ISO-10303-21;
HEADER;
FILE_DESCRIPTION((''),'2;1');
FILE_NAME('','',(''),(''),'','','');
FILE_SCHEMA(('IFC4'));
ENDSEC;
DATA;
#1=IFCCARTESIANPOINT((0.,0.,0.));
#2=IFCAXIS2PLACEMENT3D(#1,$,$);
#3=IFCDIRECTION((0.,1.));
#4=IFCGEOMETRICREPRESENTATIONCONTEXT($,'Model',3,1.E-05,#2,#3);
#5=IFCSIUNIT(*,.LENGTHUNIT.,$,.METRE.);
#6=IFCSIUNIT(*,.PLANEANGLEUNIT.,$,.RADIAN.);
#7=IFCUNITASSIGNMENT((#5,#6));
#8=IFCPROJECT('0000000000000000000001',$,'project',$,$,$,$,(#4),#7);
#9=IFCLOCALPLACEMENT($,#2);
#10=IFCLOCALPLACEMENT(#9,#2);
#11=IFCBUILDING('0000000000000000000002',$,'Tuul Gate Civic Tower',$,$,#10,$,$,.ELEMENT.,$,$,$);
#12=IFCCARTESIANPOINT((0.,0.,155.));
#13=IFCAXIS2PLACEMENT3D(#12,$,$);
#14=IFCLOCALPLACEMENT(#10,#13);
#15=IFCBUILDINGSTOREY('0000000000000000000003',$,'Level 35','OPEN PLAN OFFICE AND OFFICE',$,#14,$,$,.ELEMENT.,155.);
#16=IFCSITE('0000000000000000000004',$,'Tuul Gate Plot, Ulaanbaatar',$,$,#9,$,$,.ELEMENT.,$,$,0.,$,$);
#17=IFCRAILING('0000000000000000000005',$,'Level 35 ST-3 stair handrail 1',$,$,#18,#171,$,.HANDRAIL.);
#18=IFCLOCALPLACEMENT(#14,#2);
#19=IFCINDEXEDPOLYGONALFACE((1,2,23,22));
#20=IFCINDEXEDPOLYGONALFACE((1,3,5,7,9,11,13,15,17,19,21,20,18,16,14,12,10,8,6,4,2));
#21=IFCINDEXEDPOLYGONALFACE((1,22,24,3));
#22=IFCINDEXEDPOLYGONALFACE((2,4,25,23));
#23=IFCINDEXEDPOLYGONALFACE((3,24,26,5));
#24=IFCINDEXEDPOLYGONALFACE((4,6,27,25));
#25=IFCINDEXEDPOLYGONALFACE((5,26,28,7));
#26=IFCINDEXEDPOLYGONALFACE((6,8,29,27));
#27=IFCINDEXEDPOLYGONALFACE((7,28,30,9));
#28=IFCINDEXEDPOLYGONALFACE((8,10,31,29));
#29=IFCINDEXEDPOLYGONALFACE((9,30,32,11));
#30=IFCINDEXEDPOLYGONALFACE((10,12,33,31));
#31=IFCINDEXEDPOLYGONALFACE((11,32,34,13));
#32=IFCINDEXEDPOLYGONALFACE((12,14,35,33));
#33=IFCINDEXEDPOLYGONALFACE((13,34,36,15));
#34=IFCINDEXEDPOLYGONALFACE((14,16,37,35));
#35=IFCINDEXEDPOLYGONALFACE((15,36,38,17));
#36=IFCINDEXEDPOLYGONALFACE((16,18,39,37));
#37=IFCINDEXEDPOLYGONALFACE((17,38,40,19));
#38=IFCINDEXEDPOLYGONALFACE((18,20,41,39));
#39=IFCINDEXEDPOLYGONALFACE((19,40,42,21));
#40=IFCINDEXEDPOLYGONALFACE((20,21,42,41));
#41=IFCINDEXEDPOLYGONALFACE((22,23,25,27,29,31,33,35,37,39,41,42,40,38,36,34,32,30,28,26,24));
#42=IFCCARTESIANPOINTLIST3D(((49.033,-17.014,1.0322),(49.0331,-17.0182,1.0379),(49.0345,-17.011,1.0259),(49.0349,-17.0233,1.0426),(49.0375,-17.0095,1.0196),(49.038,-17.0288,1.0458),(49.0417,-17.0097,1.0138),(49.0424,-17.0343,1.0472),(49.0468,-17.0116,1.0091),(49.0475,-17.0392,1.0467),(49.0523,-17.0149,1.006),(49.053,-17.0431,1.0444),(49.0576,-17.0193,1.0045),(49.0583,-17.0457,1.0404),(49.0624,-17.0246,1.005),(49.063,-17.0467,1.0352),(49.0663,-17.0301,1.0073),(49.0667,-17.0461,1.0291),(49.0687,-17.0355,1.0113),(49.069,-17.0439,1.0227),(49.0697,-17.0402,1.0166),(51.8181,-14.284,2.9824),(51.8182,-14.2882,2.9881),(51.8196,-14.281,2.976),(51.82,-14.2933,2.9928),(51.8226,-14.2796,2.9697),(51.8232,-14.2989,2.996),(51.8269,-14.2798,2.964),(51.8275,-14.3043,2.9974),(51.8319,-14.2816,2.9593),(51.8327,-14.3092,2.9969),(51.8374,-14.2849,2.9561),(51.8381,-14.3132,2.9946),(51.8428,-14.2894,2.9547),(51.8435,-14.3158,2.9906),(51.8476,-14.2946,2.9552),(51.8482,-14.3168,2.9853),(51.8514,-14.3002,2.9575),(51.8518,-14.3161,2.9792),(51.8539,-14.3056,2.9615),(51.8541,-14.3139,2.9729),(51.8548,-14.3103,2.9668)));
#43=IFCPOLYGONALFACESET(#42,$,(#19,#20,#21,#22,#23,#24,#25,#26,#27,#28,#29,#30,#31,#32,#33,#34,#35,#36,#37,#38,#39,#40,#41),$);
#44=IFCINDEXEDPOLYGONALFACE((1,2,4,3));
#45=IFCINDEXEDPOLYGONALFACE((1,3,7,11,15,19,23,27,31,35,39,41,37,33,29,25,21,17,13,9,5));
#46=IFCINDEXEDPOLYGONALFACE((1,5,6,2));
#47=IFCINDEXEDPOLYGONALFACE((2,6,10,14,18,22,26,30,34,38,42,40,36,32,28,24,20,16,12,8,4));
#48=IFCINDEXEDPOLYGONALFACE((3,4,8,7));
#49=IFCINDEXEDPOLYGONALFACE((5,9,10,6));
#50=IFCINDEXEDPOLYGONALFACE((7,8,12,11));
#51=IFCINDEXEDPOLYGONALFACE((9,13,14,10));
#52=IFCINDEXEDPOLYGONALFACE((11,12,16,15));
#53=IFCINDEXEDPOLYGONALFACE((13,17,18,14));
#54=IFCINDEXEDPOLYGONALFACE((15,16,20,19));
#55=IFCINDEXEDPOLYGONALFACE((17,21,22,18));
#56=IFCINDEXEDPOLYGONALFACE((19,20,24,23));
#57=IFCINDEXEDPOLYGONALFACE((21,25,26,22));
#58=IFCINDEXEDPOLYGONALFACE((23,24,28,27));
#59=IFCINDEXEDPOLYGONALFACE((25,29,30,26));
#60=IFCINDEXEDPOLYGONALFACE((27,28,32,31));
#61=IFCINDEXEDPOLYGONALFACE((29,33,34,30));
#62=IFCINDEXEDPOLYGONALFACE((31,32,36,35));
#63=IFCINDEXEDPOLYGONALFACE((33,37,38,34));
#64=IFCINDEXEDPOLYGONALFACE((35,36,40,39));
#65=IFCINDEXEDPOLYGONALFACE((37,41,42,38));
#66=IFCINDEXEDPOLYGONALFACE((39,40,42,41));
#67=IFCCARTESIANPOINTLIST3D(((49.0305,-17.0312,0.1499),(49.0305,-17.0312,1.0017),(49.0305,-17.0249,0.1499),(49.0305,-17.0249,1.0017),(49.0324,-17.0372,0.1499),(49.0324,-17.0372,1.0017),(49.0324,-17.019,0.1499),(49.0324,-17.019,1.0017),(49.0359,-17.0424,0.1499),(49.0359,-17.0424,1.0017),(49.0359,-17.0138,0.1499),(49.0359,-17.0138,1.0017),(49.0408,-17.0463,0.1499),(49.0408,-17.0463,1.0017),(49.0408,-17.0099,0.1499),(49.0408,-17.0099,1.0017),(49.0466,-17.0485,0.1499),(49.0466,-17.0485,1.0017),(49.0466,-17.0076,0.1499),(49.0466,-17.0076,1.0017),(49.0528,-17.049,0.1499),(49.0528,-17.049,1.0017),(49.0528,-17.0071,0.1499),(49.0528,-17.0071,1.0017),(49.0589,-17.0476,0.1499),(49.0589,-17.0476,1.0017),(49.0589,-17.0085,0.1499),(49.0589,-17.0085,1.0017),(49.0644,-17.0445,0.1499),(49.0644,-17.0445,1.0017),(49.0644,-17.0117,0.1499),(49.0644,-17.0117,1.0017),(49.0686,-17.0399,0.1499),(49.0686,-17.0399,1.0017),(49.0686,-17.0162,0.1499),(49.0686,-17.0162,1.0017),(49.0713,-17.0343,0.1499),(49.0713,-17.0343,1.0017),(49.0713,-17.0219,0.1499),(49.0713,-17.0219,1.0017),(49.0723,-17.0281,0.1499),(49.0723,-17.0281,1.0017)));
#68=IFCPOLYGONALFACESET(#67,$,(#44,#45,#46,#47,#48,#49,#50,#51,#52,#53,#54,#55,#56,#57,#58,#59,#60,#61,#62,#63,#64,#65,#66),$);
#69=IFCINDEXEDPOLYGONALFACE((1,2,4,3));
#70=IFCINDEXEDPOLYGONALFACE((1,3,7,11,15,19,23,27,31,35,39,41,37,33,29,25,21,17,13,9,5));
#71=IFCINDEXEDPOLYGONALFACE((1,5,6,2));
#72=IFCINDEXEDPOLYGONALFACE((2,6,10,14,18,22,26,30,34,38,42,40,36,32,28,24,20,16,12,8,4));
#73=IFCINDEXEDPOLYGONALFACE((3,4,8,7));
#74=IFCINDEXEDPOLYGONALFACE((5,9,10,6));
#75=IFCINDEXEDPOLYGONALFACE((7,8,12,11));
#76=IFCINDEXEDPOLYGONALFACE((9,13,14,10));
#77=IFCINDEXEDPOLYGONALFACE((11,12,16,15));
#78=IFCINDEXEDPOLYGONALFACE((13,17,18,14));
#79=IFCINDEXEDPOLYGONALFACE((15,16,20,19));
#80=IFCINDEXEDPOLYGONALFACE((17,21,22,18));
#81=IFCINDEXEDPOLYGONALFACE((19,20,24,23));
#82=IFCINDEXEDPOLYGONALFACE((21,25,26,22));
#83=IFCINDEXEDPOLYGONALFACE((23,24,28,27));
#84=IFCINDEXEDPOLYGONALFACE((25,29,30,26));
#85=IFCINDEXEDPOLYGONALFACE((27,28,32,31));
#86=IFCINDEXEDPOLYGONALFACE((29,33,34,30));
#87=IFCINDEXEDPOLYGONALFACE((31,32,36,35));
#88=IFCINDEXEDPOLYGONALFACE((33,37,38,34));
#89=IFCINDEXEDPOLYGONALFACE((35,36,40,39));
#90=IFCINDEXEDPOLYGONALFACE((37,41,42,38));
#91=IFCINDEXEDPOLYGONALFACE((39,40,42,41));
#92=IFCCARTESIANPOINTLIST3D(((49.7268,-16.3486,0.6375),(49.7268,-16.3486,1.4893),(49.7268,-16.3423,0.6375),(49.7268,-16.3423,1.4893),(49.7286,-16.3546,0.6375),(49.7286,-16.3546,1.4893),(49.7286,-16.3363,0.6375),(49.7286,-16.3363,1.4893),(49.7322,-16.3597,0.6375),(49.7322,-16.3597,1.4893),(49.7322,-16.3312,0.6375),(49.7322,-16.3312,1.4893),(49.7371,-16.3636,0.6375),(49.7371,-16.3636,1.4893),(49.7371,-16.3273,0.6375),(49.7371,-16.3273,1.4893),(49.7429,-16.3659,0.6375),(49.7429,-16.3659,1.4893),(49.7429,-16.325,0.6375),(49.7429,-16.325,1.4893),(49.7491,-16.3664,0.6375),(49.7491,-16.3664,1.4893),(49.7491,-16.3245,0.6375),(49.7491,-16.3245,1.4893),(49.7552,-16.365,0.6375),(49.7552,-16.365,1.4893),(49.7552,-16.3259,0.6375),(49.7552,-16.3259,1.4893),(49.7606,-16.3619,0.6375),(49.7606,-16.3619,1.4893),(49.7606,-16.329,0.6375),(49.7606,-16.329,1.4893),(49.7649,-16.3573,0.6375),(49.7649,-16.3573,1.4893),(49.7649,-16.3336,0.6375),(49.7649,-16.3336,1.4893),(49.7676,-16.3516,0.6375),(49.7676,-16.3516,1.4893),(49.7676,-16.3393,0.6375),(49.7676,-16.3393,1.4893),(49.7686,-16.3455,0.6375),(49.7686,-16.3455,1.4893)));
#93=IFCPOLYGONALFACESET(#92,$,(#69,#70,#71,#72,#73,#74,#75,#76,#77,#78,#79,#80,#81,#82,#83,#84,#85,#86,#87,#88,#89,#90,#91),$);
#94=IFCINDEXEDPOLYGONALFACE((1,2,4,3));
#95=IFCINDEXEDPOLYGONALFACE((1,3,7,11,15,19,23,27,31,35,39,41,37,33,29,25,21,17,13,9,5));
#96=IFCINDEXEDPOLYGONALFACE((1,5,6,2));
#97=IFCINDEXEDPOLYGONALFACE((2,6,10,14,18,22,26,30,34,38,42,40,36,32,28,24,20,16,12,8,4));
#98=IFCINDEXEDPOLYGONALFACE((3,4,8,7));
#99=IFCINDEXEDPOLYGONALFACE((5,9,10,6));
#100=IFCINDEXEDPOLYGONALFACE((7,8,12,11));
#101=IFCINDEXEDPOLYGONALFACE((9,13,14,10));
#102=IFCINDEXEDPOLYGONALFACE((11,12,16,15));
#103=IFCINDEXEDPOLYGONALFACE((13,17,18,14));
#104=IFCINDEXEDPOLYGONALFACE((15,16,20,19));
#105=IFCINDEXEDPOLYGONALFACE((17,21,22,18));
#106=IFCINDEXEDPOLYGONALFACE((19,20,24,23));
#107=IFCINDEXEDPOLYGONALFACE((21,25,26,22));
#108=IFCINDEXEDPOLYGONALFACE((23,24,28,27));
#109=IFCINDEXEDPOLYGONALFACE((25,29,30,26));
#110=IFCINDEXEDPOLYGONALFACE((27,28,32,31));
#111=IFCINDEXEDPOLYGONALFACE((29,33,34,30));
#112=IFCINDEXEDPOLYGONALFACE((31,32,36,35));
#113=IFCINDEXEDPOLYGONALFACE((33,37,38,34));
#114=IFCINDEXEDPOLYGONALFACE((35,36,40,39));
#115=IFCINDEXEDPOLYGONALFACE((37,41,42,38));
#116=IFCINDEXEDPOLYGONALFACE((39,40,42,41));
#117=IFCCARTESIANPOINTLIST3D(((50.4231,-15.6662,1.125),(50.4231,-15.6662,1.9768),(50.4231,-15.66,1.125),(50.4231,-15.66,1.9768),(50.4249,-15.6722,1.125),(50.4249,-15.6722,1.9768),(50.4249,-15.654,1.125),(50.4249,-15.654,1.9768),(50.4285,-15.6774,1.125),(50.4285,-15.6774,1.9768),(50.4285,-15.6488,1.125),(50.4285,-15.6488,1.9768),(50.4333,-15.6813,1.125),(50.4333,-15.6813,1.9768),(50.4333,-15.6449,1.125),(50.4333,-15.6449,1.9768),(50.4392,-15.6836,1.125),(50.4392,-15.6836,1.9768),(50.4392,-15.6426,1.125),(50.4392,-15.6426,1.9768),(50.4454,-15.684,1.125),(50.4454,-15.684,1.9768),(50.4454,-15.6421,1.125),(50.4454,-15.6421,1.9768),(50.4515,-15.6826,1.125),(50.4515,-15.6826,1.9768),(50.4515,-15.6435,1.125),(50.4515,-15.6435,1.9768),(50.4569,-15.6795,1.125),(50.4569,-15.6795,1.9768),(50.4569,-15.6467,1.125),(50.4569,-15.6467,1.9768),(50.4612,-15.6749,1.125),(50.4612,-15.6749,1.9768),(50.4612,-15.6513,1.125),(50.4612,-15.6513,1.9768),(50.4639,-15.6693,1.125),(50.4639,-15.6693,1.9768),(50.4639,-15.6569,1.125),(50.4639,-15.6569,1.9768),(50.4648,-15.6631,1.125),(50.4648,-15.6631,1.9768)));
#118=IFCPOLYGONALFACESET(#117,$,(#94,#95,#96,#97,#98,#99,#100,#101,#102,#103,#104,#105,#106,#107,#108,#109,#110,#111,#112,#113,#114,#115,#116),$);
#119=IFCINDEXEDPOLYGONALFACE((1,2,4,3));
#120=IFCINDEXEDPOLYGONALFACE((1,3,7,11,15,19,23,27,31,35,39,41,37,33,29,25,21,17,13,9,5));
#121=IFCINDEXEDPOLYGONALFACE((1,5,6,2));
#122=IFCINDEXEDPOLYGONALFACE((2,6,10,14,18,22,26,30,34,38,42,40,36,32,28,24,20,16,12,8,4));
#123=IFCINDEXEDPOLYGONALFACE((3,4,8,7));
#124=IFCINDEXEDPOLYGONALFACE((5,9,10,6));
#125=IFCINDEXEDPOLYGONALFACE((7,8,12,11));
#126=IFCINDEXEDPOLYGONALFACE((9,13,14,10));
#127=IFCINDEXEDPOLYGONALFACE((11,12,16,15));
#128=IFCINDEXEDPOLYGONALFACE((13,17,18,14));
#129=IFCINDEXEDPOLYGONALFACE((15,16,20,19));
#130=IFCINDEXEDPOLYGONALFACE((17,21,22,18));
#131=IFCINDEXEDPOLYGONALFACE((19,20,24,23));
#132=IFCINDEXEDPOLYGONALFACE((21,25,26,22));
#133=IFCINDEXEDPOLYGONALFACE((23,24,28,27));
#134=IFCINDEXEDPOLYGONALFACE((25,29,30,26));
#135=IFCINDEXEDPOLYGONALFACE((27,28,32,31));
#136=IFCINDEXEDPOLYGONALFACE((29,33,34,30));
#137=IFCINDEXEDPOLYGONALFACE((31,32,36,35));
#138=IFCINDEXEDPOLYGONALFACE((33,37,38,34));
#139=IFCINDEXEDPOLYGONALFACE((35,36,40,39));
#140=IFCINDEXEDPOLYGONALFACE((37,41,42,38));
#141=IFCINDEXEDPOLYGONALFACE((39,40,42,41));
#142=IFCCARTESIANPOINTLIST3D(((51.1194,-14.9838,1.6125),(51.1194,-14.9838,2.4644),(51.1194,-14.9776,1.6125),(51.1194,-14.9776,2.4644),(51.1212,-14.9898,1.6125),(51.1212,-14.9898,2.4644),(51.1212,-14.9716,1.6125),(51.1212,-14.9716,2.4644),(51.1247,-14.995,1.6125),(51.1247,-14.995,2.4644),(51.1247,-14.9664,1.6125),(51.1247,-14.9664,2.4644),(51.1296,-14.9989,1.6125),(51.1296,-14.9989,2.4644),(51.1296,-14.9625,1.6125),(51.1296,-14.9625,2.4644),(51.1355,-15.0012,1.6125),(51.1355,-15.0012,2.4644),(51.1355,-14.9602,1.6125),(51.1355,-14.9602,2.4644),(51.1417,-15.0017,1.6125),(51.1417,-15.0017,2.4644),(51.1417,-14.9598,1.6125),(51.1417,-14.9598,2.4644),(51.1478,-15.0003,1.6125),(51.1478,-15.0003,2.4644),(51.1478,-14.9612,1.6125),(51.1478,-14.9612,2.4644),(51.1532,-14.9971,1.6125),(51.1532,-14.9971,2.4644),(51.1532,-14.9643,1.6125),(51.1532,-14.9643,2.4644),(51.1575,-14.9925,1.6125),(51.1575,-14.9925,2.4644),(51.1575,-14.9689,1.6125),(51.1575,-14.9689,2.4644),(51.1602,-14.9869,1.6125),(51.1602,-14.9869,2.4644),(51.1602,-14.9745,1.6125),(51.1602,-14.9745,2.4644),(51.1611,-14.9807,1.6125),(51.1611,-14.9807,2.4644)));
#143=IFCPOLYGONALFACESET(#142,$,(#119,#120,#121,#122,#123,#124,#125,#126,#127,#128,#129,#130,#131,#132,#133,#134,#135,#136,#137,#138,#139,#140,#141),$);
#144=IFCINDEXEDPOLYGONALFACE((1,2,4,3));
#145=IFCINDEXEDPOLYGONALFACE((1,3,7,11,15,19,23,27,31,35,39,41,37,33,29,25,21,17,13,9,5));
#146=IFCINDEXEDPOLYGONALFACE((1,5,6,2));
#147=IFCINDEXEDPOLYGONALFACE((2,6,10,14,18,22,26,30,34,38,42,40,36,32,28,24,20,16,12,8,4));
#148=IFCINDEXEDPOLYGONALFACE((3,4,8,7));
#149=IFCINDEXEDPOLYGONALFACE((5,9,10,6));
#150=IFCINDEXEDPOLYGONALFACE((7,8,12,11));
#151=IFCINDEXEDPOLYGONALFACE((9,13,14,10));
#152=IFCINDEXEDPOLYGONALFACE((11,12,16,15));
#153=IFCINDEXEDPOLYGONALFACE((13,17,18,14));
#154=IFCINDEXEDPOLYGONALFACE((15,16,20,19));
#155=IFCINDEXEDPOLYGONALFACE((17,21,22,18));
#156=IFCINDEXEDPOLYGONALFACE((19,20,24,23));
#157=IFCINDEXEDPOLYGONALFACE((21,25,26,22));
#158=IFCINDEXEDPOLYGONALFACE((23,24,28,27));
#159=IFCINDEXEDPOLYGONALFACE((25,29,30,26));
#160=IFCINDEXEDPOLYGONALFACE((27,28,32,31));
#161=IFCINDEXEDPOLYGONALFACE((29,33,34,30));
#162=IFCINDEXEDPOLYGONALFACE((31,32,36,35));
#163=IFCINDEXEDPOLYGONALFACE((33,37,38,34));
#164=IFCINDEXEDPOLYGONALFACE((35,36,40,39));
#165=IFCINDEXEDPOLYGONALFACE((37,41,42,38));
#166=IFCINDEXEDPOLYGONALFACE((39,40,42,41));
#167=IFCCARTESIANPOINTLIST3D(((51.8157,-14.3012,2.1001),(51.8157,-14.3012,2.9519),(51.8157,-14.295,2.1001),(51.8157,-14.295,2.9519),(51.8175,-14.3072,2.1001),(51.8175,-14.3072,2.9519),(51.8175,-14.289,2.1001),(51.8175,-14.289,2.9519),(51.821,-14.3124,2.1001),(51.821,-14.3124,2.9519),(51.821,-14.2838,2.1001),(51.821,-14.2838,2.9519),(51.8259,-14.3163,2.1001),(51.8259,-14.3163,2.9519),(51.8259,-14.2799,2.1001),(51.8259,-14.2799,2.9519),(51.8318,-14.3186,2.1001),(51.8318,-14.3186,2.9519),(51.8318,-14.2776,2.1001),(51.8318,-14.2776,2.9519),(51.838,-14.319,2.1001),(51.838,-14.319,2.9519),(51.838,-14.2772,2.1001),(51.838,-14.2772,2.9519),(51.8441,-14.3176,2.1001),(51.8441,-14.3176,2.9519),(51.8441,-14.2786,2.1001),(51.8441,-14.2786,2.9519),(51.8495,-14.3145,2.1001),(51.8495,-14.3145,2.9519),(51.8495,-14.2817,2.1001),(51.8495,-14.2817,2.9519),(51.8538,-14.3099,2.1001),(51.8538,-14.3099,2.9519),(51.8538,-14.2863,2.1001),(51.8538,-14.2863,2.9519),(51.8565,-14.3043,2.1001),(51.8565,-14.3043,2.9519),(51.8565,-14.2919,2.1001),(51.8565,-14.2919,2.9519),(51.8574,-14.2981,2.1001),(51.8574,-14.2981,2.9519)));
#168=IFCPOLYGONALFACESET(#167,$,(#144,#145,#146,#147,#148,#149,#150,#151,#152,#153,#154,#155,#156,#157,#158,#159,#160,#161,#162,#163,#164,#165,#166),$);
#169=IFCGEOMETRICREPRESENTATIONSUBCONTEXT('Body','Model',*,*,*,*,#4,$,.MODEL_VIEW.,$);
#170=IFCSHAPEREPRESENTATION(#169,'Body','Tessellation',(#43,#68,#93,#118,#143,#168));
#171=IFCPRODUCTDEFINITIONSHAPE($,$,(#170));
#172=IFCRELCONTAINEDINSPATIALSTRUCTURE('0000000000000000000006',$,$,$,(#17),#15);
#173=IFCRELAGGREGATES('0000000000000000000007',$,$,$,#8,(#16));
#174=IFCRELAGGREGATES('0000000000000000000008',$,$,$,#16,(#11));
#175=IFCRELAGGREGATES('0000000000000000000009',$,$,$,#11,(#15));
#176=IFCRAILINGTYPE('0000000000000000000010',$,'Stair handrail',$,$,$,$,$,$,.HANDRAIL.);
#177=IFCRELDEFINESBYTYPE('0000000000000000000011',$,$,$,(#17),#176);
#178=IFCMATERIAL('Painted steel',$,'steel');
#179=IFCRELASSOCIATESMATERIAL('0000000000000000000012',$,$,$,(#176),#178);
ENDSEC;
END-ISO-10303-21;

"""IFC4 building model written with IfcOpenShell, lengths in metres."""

from ifc_helpers import new_model, si_unit, direction, frame, origin, origin_2d, place, context, subcontext, project, spatial, circle, extrude, material, type_object, element, save


model = new_model("IFC4")

# Units and contexts
model_context = context("Model", 3, precision=1e-05, world=origin(), true_north=direction((0.0, 1.0)))
body_context = subcontext(model_context, "Body", "Model", "MODEL_VIEW")
ifc_project = project(units=[si_unit("LENGTHUNIT", "METRE"), si_unit("PLANEANGLEUNIT", "RADIAN")], contexts=[model_context])

# Site, building, storey
site_placement = place(None, origin())
site = spatial("IfcSite", under=ifc_project, at=site_placement, Name="Tuul Gate Plot, Ulaanbaatar", CompositionType="ELEMENT", RefElevation=0.0)
building_placement = place(site_placement, origin())
building = spatial("IfcBuilding", under=site, at=building_placement, Name="Tuul Gate Civic Tower", CompositionType="ELEMENT")
storey_placement = place(building_placement, frame((0.0, 0.0, 155.0)))
storey = spatial("IfcBuildingStorey", under=building, at=storey_placement, Name="Level 35", Description="OPEN PLAN OFFICE AND OFFICE", CompositionType="ELEMENT", Elevation=155.0)

# Railing
ifc_material_1 = material(Name="Painted steel", Category="steel")
railing_type_1 = type_object("IfcRailingType", Name="Stair handrail", PredefinedType="HANDRAIL", material=ifc_material_1)
railing_1_placement = place(storey_placement, frame((49.0513, -17.0281, 0.1499)))
element("IfcRailing", 1, at=railing_1_placement, inside=storey, type_object=railing_type_1, Name="Level 35 ST-3 stair handrail 1", PredefinedType="HANDRAIL", context=body_context, shape_type="SweptSolid", body=[
    extrude(circle(Radius=0.0239, at=origin_2d()), frame((0.0, 0.0, 0.876), z_axis=(0.638738, 0.626084, 0.447251), x_axis=(-0.699998, 0.714145, 0.0)), (0.0, 0.0, 1.0), 4.3604),
    extrude(circle(Radius=0.021, at=origin_2d()), origin(), (0.0, 0.0, 1.0), 0.8518),
    extrude(circle(Radius=0.021, at=origin_2d()), frame((0.6963, 0.6826, 0.4875)), (0.0, 0.0, 1.0), 0.8518),
    extrude(circle(Radius=0.021, at=origin_2d()), frame((1.3926, 1.365, 0.9751)), (0.0, 0.0, 1.0), 0.8518),
    extrude(circle(Radius=0.021, at=origin_2d()), frame((2.0889, 2.0474, 1.4626)), (0.0, 0.0, 1.0), 0.8518),
    extrude(circle(Radius=0.021, at=origin_2d()), frame((2.7852, 2.73, 1.9502)), (0.0, 0.0, 1.0), 0.8518),
])

save(model, "model.ifc")
